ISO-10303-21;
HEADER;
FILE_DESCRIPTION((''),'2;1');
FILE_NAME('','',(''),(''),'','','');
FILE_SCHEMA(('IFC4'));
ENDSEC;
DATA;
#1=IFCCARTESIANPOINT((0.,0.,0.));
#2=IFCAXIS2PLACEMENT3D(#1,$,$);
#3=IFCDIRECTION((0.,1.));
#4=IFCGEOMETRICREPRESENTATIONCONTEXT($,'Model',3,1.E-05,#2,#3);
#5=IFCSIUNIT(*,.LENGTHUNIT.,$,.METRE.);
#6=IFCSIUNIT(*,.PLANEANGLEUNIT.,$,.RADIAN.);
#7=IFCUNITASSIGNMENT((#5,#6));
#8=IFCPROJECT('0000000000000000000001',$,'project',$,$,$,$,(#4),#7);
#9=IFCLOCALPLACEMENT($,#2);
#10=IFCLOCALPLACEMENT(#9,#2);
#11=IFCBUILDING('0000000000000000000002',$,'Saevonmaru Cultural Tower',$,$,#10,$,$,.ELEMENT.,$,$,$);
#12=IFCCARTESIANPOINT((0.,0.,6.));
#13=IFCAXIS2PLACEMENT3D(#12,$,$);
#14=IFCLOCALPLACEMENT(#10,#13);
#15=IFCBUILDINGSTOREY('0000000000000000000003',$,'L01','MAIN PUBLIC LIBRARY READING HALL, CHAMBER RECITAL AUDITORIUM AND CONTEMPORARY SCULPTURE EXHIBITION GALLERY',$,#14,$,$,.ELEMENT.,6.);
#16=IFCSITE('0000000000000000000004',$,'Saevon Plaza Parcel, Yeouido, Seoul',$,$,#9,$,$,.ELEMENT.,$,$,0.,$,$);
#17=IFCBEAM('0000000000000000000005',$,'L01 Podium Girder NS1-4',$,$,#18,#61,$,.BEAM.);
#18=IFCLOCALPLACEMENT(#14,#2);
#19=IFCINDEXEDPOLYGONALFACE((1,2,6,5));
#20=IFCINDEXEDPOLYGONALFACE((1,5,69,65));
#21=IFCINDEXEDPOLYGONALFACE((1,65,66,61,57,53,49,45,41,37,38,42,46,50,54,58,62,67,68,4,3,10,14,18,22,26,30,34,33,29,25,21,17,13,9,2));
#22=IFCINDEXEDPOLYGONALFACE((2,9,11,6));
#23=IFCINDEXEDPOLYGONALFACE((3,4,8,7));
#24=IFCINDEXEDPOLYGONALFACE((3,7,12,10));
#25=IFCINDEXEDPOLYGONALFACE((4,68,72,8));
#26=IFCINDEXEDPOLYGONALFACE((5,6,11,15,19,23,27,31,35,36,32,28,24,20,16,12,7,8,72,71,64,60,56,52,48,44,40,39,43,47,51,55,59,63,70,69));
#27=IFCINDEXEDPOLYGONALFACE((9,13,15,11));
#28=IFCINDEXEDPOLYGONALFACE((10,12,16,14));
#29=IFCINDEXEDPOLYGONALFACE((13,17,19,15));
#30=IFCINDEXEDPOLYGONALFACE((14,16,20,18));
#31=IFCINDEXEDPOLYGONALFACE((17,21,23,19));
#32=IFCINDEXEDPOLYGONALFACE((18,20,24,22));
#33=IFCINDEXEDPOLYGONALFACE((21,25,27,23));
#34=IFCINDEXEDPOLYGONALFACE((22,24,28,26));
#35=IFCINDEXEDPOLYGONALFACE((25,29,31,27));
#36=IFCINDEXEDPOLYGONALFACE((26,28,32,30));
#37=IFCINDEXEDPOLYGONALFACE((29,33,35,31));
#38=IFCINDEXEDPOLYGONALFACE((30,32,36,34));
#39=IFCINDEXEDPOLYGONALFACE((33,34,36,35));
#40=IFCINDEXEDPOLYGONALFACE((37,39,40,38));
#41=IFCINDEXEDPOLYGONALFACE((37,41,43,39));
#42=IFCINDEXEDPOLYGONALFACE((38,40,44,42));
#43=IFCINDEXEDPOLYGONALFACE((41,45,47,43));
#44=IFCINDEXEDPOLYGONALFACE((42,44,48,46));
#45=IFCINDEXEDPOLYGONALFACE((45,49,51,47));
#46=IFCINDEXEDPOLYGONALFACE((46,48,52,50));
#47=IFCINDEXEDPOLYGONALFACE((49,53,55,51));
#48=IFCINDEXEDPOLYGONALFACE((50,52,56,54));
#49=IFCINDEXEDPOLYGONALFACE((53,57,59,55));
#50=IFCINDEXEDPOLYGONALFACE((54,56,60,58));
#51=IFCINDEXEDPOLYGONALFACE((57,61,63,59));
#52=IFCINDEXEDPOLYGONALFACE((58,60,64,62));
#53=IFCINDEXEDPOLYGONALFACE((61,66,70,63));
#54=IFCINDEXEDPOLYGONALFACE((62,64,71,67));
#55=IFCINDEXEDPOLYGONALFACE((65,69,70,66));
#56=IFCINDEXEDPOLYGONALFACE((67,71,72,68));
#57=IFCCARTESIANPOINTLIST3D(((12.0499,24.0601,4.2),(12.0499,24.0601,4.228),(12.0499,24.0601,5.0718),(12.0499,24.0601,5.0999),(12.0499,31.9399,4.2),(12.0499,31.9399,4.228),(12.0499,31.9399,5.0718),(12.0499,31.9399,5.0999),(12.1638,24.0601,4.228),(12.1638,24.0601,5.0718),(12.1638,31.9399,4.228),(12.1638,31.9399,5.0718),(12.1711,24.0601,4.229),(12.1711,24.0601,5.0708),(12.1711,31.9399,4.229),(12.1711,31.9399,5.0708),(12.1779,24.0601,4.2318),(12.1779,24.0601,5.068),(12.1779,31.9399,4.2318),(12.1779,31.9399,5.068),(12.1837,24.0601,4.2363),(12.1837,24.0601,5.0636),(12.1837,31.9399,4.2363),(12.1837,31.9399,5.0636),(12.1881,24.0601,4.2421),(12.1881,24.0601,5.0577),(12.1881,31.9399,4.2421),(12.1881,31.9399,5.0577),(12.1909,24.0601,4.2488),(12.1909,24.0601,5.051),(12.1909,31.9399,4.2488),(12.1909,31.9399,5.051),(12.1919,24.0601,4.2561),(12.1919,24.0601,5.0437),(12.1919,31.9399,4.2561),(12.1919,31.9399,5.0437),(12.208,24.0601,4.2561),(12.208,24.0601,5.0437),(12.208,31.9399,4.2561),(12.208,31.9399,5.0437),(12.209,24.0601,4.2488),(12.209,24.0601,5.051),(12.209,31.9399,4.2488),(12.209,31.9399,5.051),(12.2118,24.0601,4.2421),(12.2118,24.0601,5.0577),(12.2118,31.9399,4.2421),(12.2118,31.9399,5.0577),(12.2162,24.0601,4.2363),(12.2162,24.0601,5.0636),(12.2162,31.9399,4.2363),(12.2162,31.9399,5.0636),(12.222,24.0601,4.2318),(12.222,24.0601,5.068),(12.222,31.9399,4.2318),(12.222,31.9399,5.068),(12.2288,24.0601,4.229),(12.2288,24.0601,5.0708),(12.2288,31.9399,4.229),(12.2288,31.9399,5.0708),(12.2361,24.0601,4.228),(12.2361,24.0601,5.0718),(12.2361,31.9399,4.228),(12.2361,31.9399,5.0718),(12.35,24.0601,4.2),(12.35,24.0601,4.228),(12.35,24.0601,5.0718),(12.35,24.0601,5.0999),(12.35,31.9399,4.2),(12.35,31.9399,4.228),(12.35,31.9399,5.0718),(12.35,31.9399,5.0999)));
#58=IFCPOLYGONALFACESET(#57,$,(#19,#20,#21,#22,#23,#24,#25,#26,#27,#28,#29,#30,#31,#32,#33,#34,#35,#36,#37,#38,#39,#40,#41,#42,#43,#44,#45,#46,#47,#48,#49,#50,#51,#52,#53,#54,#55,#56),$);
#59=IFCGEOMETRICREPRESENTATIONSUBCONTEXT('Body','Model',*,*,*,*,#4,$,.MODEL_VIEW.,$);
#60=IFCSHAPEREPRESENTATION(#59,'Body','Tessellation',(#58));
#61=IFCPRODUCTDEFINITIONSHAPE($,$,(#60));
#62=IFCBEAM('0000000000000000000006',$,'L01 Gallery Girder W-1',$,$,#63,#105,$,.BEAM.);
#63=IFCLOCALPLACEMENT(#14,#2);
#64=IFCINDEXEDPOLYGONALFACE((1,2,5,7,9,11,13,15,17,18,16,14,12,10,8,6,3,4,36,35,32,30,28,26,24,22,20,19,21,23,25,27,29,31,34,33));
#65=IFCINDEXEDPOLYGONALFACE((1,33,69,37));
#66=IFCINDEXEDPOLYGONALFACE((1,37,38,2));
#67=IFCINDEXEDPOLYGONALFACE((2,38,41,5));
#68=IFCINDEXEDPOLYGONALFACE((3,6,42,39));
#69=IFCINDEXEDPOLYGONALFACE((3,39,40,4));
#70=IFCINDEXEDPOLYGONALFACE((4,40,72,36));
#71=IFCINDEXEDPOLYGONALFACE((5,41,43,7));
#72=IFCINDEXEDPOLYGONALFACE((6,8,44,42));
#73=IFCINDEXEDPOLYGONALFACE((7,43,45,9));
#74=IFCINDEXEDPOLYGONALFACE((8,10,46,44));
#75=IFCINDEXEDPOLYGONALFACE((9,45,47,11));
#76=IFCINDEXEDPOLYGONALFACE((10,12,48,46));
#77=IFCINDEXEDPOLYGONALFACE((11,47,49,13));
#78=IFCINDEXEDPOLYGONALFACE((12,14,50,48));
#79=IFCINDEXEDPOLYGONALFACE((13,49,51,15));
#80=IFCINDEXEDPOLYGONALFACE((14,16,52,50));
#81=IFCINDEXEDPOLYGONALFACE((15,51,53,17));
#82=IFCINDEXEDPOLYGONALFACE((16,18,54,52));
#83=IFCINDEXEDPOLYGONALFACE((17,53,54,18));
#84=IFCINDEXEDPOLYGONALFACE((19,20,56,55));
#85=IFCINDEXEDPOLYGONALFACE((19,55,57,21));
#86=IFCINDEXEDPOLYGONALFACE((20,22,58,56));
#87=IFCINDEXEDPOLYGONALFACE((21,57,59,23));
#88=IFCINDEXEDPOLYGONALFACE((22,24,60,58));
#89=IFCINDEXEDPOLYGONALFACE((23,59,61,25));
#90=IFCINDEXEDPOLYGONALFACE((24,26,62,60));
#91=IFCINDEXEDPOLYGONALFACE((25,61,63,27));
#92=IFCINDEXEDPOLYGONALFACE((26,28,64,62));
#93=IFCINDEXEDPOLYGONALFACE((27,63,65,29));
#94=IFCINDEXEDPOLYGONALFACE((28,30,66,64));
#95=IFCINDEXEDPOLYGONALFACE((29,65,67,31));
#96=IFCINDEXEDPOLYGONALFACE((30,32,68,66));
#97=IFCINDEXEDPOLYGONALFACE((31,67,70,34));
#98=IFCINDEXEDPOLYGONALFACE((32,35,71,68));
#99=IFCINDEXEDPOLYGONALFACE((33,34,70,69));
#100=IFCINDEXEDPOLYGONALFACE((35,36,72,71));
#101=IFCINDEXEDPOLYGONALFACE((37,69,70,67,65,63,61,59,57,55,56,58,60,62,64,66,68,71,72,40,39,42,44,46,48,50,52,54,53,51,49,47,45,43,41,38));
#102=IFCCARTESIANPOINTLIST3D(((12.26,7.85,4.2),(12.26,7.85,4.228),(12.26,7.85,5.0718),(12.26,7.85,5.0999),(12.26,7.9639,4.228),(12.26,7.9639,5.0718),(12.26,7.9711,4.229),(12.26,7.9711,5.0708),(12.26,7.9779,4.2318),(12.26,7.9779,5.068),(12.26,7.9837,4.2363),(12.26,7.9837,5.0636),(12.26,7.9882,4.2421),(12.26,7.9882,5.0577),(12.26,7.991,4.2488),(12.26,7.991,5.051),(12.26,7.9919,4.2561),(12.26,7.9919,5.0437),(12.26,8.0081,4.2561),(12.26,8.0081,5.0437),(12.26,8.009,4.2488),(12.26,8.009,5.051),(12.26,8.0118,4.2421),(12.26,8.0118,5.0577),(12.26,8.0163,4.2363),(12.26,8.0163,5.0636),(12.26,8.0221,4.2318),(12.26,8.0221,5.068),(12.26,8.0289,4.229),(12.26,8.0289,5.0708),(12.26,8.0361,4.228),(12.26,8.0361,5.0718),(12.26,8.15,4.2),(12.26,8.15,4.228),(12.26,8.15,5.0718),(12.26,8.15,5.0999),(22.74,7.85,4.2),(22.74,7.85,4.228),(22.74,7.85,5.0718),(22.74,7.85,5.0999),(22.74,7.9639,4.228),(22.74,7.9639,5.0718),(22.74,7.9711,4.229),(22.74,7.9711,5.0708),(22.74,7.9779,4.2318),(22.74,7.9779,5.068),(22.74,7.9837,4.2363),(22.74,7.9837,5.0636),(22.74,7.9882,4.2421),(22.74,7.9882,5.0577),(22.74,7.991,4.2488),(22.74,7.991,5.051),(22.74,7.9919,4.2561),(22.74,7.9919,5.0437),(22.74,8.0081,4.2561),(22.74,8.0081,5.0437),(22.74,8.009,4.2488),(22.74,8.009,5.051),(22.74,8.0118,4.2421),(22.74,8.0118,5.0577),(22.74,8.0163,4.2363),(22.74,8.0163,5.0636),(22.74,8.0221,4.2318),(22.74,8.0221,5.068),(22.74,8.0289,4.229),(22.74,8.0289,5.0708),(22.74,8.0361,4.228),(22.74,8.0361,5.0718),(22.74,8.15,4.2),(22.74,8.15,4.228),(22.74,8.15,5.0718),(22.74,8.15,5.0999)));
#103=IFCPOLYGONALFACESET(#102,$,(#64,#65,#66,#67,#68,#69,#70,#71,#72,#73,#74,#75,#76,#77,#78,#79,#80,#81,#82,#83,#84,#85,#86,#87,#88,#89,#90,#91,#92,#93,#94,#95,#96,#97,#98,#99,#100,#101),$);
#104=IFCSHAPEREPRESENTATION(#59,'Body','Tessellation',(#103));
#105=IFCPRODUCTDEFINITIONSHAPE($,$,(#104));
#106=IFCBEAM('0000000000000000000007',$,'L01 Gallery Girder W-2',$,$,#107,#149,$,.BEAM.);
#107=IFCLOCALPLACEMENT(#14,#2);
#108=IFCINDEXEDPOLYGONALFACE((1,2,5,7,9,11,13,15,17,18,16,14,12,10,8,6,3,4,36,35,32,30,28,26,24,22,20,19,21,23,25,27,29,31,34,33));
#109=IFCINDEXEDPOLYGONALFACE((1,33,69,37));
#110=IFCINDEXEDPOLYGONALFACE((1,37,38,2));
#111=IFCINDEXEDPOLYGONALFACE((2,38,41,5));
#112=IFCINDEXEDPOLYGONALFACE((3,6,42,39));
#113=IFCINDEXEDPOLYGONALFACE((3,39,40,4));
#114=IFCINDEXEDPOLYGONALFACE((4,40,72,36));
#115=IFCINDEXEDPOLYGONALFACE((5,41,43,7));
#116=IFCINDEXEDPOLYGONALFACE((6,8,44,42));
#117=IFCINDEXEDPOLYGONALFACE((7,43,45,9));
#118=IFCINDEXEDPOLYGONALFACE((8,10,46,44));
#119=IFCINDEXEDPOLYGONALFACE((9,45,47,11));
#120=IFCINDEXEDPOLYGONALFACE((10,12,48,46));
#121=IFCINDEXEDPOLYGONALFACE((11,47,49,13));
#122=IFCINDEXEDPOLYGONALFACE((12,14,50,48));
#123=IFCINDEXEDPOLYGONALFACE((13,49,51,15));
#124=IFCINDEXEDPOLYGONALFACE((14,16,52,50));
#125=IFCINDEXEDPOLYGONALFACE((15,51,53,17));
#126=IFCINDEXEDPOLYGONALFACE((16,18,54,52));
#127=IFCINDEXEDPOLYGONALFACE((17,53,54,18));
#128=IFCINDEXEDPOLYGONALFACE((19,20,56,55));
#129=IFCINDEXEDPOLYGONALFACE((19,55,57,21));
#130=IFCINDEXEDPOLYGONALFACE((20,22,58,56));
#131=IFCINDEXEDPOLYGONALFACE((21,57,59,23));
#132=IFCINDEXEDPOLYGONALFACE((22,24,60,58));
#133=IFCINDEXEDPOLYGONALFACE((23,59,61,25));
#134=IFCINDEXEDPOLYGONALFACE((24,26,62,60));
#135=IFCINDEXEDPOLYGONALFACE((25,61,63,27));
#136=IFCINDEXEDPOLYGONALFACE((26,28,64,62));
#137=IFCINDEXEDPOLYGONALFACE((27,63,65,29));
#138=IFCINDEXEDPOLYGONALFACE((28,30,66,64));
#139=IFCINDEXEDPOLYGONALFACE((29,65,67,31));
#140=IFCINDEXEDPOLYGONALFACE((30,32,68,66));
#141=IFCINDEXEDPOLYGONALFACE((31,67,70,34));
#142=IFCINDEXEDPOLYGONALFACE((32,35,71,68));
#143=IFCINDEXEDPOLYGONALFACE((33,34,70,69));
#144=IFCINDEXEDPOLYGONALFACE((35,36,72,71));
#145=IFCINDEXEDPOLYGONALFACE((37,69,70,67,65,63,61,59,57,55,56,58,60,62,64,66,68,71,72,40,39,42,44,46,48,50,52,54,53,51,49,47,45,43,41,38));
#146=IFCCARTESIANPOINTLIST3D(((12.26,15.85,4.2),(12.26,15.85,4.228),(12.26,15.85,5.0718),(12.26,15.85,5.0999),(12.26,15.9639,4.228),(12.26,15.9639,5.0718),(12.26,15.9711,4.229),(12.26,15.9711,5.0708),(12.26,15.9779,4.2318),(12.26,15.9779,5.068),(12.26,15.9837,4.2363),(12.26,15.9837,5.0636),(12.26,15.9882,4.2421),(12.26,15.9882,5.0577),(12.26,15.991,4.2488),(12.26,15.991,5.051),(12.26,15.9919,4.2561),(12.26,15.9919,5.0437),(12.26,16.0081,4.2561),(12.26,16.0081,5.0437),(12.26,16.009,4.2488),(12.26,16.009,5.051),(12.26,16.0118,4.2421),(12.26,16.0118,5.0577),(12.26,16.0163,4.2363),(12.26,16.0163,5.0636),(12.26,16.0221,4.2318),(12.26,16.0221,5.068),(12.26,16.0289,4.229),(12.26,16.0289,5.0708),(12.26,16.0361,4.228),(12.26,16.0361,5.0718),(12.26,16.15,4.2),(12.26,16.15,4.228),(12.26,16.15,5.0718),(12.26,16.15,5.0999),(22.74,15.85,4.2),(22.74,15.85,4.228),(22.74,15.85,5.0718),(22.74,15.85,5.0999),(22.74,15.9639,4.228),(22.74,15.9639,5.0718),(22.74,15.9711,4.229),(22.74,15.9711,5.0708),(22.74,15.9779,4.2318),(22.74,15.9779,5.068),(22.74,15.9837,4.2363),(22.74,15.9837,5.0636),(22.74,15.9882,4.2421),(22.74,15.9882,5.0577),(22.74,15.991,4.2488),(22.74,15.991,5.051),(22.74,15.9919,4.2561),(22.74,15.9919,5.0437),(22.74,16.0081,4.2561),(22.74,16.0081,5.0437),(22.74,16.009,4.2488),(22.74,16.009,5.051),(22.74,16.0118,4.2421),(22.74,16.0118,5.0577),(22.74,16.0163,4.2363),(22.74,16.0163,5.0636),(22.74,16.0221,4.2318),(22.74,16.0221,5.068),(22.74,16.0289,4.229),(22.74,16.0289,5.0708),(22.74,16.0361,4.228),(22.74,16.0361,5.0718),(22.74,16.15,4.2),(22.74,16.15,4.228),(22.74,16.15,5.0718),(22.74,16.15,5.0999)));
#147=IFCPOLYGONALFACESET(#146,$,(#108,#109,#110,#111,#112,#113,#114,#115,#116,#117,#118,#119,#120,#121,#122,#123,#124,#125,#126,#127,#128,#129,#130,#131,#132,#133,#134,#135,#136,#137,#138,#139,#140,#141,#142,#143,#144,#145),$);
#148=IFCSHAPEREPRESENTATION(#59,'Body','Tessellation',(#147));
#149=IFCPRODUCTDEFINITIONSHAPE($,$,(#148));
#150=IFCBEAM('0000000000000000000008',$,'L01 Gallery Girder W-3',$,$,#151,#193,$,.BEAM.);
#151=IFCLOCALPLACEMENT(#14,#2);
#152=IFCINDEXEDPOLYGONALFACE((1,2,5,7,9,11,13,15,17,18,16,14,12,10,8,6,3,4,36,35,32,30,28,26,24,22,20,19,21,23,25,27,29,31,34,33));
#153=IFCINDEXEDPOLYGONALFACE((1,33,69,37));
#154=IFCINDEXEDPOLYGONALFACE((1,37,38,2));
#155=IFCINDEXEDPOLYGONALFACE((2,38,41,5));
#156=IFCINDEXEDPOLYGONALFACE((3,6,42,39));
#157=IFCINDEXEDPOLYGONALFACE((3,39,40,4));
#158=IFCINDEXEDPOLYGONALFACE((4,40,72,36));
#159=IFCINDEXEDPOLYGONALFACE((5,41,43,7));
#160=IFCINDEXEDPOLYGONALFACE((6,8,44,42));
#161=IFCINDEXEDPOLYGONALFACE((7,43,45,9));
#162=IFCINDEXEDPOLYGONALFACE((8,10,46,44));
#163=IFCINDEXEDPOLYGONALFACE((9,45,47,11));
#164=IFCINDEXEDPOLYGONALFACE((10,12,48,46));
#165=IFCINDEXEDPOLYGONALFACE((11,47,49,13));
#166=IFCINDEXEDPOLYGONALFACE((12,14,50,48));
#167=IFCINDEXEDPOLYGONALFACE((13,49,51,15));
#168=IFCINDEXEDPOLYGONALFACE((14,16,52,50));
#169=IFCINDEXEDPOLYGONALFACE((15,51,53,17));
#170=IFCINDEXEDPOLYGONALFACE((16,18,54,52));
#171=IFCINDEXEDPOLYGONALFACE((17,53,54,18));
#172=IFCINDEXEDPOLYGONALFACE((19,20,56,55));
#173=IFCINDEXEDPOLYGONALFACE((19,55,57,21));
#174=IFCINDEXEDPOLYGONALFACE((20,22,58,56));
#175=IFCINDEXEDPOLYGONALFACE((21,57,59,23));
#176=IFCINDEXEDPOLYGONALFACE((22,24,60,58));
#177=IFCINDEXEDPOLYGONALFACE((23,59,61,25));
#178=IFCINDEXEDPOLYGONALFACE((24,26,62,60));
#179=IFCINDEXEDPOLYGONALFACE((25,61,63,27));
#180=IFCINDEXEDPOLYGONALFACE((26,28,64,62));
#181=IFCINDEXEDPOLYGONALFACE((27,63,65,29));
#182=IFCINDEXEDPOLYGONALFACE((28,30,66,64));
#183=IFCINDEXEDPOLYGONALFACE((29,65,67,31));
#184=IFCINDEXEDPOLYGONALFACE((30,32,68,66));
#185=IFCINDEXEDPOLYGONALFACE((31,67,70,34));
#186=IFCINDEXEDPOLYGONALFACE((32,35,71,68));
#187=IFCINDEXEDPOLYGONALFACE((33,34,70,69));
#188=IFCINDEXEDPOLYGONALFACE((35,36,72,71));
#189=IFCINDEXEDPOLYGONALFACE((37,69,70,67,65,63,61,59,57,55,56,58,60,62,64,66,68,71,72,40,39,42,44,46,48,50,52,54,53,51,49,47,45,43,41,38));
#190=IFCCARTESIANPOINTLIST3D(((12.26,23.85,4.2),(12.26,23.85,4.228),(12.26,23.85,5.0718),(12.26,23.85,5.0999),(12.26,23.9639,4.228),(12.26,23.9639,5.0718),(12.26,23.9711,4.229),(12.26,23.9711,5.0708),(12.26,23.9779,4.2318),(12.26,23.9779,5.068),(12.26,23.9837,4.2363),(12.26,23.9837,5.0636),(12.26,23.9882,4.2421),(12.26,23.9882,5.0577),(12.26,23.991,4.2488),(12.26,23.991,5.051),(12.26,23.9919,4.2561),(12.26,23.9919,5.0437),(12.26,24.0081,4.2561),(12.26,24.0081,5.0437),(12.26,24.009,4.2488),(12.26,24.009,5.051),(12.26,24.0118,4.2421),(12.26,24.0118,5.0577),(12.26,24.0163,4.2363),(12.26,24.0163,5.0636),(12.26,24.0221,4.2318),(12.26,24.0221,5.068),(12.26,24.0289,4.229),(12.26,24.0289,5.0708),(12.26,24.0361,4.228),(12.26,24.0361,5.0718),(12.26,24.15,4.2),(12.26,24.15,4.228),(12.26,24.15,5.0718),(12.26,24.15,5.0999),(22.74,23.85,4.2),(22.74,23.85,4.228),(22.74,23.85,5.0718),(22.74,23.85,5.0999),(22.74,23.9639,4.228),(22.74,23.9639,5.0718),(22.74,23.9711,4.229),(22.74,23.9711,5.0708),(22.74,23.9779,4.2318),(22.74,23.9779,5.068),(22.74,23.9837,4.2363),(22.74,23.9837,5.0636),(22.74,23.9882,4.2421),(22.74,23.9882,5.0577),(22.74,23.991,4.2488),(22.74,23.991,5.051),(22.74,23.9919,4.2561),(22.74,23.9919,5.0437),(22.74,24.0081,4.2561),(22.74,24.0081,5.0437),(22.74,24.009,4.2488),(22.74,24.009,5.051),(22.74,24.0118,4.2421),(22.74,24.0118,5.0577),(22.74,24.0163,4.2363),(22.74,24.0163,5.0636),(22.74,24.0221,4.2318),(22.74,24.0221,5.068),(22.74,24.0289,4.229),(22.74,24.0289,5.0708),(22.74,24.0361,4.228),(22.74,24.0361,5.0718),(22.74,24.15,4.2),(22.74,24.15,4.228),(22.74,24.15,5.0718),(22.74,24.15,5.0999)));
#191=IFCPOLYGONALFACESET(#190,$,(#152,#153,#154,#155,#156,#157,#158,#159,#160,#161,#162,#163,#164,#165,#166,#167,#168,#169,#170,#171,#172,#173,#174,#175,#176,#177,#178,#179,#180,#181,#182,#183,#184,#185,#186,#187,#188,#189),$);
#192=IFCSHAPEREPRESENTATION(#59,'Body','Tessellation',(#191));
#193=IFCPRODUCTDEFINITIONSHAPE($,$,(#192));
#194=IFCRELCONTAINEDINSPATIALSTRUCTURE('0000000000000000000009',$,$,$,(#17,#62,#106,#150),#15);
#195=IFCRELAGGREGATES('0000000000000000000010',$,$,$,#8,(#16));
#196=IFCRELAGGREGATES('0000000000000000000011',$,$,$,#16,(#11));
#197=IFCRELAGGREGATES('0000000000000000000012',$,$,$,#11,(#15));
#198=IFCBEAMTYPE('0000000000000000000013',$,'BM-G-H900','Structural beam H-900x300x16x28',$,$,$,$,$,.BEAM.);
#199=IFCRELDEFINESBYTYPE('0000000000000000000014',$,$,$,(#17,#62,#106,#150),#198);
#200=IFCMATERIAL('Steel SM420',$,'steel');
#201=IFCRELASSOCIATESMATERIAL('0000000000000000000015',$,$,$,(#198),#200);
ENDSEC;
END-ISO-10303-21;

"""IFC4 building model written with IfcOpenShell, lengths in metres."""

from ifc_helpers import new_model, si_unit, direction, frame, origin, origin_2d, place, context, subcontext, project, spatial, i_section, extrude, material, material_profile, profile_set, type_object, element, save


model = new_model("IFC4")

# Units and contexts
model_context = context("Model", 3, precision=1e-05, world=origin(), true_north=direction((0.0, 1.0)))
body_context = subcontext(model_context, "Body", "Model", "MODEL_VIEW")
ifc_project = project(units=[si_unit("LENGTHUNIT", "METRE"), si_unit("PLANEANGLEUNIT", "RADIAN")], contexts=[model_context])

# Site, building, storey
site_placement = place(None, origin())
site = spatial("IfcSite", under=ifc_project, at=site_placement, Name="Saevon Plaza Parcel, Yeouido, Seoul", CompositionType="ELEMENT", RefElevation=0.0)
building_placement = place(site_placement, origin())
building = spatial("IfcBuilding", under=site, at=building_placement, Name="Saevonmaru Cultural Tower", CompositionType="ELEMENT")
storey_placement = place(building_placement, frame((0.0, 0.0, 6.0)))
storey = spatial("IfcBuildingStorey", under=building, at=storey_placement, Name="L01", Description="MAIN PUBLIC LIBRARY READING HALL, CHAMBER RECITAL AUDITORIUM AND CONTEMPORARY SCULPTURE EXHIBITION GALLERY", CompositionType="ELEMENT", Elevation=6.0)

# Shared definitions
ifc_material_1 = material(Name="Steel SM420", Category="steel")

# Beams
ifc_material_profile_1 = material_profile(ifc_material_1, i_section(OverallWidth=0.3, OverallDepth=0.8999, WebThickness=0.0161, FlangeThickness=0.0281, FilletRadius=0.0281, at=origin_2d()), Name="H-900x300x16x28")
ifc_profile_set_1 = profile_set([ifc_material_profile_1], Name="Steel SM420")
beam_type_1 = type_object("IfcBeamType", Name="BM-G-H900", Description="Structural beam H-900x300x16x28", PredefinedType="BEAM", material=ifc_profile_set_1)
for number, where, z_axis, x_axis, name in (
    (1, (12.2, 24.0601, 4.6499), (0.0, 1.0, 0.0), (-1.0, 0.0, 0.0), "L01 Podium Girder NS1-4"),
):
    element("IfcBeam", number, at=place(storey_placement, frame(where, z_axis=z_axis, x_axis=x_axis)), inside=storey, type_object=beam_type_1, Name=name, PredefinedType="BEAM", context=body_context, shape_type="SweptSolid", body=[
        extrude(i_section(OverallWidth=0.3, OverallDepth=0.8999, WebThickness=0.0161, FlangeThickness=0.0281, FilletRadius=0.0281, at=origin_2d()), origin(), (0.0, 0.0, 1.0), 7.8799),
    ])
for number, where, z_axis, x_axis, name in (
    (2, (12.26, 8.0, 4.6499), (1.0, 0.0, 0.0), (0.0, 1.0, 0.0), "L01 Gallery Girder W-1"),
    (3, (12.26, 16.0, 4.6499), (1.0, 0.0, 0.0), (0.0, 1.0, 0.0), "L01 Gallery Girder W-2"),
    (4, (12.26, 24.0, 4.6499), (1.0, 0.0, 0.0), (0.0, 1.0, 0.0), "L01 Gallery Girder W-3"),
):
    element("IfcBeam", number, at=place(storey_placement, frame(where, z_axis=z_axis, x_axis=x_axis)), inside=storey, type_object=beam_type_1, Name=name, PredefinedType="BEAM", context=body_context, shape_type="SweptSolid", body=[
        extrude(i_section(OverallWidth=0.3, OverallDepth=0.8999, WebThickness=0.0161, FlangeThickness=0.0281, FilletRadius=0.0281, at=origin_2d()), origin(), (0.0, 0.0, 1.0), 10.48),
    ])

save(model, "model.ifc")
